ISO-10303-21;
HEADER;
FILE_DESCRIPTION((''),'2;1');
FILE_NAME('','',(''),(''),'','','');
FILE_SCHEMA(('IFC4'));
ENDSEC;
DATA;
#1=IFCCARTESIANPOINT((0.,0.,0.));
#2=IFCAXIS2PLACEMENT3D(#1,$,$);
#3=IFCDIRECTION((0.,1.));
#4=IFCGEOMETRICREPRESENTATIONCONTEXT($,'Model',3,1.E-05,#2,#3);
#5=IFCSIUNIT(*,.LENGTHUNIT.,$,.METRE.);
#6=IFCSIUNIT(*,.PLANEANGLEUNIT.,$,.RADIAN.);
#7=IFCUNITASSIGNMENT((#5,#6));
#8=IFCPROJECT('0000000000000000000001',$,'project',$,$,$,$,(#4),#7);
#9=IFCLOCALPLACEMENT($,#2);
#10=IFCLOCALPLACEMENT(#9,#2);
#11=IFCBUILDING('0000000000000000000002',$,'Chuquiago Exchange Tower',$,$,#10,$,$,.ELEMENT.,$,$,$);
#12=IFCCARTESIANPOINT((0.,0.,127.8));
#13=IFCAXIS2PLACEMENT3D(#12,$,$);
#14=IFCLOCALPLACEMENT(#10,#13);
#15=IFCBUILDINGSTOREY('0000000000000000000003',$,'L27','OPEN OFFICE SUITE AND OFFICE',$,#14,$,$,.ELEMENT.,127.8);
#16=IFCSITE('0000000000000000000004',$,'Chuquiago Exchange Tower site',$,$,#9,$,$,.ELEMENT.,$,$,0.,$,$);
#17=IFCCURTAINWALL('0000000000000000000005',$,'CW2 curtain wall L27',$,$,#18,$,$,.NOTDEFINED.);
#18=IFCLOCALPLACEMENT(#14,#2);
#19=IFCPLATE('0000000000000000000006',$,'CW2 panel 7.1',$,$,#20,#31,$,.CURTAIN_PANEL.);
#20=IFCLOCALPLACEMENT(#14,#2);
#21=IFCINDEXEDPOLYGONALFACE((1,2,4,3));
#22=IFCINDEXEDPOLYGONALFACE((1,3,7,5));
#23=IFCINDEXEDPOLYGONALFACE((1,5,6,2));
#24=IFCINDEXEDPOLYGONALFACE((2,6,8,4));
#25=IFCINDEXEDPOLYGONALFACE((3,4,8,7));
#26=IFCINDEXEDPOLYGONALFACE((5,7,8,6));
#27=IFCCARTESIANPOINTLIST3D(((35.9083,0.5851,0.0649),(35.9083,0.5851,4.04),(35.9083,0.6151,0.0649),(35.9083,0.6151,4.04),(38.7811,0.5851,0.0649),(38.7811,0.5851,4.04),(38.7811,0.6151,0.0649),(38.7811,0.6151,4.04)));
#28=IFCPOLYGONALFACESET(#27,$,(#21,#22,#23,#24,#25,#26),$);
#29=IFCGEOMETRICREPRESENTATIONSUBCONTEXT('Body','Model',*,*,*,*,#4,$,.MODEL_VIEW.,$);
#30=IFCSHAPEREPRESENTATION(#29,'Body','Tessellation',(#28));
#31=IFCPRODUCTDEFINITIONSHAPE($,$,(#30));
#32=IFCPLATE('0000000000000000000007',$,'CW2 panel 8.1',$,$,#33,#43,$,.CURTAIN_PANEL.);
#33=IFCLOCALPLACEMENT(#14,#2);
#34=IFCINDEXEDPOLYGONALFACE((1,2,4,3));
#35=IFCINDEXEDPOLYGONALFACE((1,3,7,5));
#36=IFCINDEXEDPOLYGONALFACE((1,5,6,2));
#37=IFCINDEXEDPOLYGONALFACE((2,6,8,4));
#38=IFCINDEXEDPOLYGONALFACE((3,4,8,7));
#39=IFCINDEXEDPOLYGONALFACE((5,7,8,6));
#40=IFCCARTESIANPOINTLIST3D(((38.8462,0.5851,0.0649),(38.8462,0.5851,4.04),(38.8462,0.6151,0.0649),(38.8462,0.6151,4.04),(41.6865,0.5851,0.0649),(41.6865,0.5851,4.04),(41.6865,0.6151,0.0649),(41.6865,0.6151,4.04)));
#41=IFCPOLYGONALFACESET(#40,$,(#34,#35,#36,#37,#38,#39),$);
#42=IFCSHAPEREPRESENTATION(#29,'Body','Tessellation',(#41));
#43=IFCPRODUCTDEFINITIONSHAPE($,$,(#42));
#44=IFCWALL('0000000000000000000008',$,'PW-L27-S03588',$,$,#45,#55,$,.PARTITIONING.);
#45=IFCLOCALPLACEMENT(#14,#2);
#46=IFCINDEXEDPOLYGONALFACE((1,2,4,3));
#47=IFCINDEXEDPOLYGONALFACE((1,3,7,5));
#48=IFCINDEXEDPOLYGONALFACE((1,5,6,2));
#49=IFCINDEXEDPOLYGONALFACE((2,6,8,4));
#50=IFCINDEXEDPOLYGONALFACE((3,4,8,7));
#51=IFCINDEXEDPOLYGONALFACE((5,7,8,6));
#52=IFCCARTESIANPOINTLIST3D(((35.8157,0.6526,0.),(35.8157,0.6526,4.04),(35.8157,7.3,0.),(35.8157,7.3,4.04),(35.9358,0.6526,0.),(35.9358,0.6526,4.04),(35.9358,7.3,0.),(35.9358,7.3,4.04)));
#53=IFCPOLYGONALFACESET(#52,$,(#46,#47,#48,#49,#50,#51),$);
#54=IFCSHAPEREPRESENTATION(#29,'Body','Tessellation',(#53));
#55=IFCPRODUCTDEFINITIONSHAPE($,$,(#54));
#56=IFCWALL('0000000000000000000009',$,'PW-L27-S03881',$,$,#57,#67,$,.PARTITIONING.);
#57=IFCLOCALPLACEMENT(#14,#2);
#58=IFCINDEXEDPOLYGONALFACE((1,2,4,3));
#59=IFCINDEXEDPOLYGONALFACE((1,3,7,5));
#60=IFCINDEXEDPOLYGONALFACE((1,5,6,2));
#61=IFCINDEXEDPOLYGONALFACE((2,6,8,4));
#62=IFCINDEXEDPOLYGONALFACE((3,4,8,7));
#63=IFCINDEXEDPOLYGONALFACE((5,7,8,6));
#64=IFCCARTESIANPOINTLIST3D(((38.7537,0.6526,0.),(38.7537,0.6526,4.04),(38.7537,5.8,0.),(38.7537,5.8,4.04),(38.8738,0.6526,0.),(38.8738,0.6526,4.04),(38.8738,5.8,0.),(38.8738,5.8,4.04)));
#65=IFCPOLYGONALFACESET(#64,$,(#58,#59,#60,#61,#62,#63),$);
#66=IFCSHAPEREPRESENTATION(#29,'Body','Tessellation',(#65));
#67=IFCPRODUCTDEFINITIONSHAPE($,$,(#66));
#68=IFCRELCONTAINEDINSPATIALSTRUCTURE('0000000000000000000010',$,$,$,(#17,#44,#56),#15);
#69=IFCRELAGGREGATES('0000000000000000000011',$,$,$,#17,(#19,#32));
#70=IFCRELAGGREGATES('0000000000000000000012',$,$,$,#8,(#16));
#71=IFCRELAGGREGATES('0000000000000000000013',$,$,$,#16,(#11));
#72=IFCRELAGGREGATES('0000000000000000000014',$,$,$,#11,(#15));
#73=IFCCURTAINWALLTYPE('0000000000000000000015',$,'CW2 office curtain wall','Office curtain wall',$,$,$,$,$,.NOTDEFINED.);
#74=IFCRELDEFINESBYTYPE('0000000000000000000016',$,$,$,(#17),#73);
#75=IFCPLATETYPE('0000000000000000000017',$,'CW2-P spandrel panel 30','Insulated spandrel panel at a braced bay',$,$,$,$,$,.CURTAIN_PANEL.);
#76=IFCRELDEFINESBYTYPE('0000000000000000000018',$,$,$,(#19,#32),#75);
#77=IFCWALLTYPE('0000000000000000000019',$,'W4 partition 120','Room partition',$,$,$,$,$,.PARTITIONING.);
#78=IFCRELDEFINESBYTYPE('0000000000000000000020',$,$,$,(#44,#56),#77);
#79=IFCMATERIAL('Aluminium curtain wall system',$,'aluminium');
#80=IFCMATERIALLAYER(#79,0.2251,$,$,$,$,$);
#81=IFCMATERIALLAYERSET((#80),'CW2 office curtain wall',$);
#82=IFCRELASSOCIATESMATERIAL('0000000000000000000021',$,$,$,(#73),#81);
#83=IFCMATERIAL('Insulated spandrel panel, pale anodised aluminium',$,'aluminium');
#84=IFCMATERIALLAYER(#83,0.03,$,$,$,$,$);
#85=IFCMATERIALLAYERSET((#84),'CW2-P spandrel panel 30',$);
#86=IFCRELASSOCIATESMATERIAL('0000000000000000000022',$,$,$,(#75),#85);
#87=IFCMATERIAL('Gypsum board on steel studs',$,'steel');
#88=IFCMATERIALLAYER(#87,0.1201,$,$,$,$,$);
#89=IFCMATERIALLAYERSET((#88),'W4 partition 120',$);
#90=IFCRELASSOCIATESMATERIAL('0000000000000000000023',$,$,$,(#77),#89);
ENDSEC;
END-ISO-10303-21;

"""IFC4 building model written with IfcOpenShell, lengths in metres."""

from ifc_helpers import new_model, si_unit, direction, frame, frame_2d, origin, origin_2d, place, context, subcontext, project, spatial, rectangle, extrude, material, layer, layer_set, type_object, element, aggregate, save


model = new_model("IFC4")

# Units and contexts
model_context = context("Model", 3, precision=1e-05, world=origin(), true_north=direction((0.0, 1.0)))
body_context = subcontext(model_context, "Body", "Model", "MODEL_VIEW")
ifc_project = project(units=[si_unit("LENGTHUNIT", "METRE"), si_unit("PLANEANGLEUNIT", "RADIAN")], contexts=[model_context])

# Site, building, storey
site_placement = place(None, origin())
site = spatial("IfcSite", under=ifc_project, at=site_placement, Name="Chuquiago Exchange Tower site", CompositionType="ELEMENT", RefElevation=0.0)
building_placement = place(site_placement, origin())
building = spatial("IfcBuilding", under=site, at=building_placement, Name="Chuquiago Exchange Tower", CompositionType="ELEMENT")
storey_placement = place(building_placement, frame((0.0, 0.0, 127.8)))
storey = spatial("IfcBuildingStorey", under=building, at=storey_placement, Name="L27", Description="OPEN OFFICE SUITE AND OFFICE", CompositionType="ELEMENT", Elevation=127.8)

# Curtain wall
ifc_material_1 = material(Name="Aluminium curtain wall system", Category="aluminium")
ifc_layer_1 = layer(ifc_material_1, 0.2251)
ifc_layer_set_1 = layer_set([ifc_layer_1], Name="CW2 office curtain wall")
curtain_wall_type = type_object("IfcCurtainWallType", Name="CW2 office curtain wall", Description="Office curtain wall", PredefinedType="NOTDEFINED", material=ifc_layer_set_1)
curtain_wall_placement = place(storey_placement, origin())
curtain_wall = element("IfcCurtainWall", 1, at=curtain_wall_placement, inside=storey, type_object=curtain_wall_type, Name="CW2 curtain wall L27", PredefinedType="NOTDEFINED")

# Plates
ifc_material_2 = material(Name="Insulated spandrel panel, pale anodised aluminium", Category="aluminium")
ifc_layer_2 = layer(ifc_material_2, 0.03)
ifc_layer_set_2 = layer_set([ifc_layer_2], Name="CW2-P spandrel panel 30")
plate_type_1 = type_object("IfcPlateType", Name="CW2-P spandrel panel 30", Description="Insulated spandrel panel at a braced bay", PredefinedType="CURTAIN_PANEL", material=ifc_layer_set_2)
plate_1_placement = place(storey_placement, frame((37.3447, 0.6001, 0.0649), z_axis=(0.0, 0.0, 1.0), x_axis=(1.0, 0.0, 0.0)))
plate_1 = element("IfcPlate", 2, at=plate_1_placement, type_object=plate_type_1, Name="CW2 panel 7.1", PredefinedType="CURTAIN_PANEL", context=body_context, shape_type="SweptSolid", body=[
    extrude(rectangle(XDim=2.8728, YDim=0.03, at=origin_2d()), origin(), (0.0, 0.0, 1.0), 3.9751),
])
plate_2_placement = place(storey_placement, frame((40.2664, 0.6001, 0.0649), z_axis=(0.0, 0.0, 1.0), x_axis=(1.0, 0.0, 0.0)))
plate_2 = element("IfcPlate", 3, at=plate_2_placement, type_object=plate_type_1, Name="CW2 panel 8.1", PredefinedType="CURTAIN_PANEL", context=body_context, shape_type="SweptSolid", body=[
    extrude(rectangle(XDim=2.8403, YDim=0.03, at=origin_2d()), origin(), (0.0, 0.0, 1.0), 3.9751),
])
aggregate(curtain_wall, [plate_1, plate_2])

# Walls
ifc_material_3 = material(Name="Gypsum board on steel studs", Category="steel")
ifc_layer_3 = layer(ifc_material_3, 0.1201)
ifc_layer_set_3 = layer_set([ifc_layer_3], Name="W4 partition 120")
wall_type = type_object("IfcWallType", Name="W4 partition 120", Description="Room partition", PredefinedType="PARTITIONING", material=ifc_layer_set_3)
wall_1_placement = place(storey_placement, frame((35.8757, 0.6526, 0.0), z_axis=(0.0, 0.0, 1.0), x_axis=(0.0, 1.0, 0.0)))
element("IfcWall", 4, at=wall_1_placement, inside=storey, type_object=wall_type, Name="PW-L27-S03588", PredefinedType="PARTITIONING", context=body_context, shape_type="SweptSolid", body=[
    extrude(rectangle(XDim=6.6475, YDim=0.1201, at=frame_2d((3.3237, 0.0))), origin(), (0.0, 0.0, 1.0), 4.04),
])
wall_2_placement = place(storey_placement, frame((38.8137, 0.6526, 0.0), z_axis=(0.0, 0.0, 1.0), x_axis=(0.0, 1.0, 0.0)))
element("IfcWall", 5, at=wall_2_placement, inside=storey, type_object=wall_type, Name="PW-L27-S03881", PredefinedType="PARTITIONING", context=body_context, shape_type="SweptSolid", body=[
    extrude(rectangle(XDim=5.1475, YDim=0.1201, at=frame_2d((2.5737, 0.0))), origin(), (0.0, 0.0, 1.0), 4.04),
])

save(model, "model.ifc")
